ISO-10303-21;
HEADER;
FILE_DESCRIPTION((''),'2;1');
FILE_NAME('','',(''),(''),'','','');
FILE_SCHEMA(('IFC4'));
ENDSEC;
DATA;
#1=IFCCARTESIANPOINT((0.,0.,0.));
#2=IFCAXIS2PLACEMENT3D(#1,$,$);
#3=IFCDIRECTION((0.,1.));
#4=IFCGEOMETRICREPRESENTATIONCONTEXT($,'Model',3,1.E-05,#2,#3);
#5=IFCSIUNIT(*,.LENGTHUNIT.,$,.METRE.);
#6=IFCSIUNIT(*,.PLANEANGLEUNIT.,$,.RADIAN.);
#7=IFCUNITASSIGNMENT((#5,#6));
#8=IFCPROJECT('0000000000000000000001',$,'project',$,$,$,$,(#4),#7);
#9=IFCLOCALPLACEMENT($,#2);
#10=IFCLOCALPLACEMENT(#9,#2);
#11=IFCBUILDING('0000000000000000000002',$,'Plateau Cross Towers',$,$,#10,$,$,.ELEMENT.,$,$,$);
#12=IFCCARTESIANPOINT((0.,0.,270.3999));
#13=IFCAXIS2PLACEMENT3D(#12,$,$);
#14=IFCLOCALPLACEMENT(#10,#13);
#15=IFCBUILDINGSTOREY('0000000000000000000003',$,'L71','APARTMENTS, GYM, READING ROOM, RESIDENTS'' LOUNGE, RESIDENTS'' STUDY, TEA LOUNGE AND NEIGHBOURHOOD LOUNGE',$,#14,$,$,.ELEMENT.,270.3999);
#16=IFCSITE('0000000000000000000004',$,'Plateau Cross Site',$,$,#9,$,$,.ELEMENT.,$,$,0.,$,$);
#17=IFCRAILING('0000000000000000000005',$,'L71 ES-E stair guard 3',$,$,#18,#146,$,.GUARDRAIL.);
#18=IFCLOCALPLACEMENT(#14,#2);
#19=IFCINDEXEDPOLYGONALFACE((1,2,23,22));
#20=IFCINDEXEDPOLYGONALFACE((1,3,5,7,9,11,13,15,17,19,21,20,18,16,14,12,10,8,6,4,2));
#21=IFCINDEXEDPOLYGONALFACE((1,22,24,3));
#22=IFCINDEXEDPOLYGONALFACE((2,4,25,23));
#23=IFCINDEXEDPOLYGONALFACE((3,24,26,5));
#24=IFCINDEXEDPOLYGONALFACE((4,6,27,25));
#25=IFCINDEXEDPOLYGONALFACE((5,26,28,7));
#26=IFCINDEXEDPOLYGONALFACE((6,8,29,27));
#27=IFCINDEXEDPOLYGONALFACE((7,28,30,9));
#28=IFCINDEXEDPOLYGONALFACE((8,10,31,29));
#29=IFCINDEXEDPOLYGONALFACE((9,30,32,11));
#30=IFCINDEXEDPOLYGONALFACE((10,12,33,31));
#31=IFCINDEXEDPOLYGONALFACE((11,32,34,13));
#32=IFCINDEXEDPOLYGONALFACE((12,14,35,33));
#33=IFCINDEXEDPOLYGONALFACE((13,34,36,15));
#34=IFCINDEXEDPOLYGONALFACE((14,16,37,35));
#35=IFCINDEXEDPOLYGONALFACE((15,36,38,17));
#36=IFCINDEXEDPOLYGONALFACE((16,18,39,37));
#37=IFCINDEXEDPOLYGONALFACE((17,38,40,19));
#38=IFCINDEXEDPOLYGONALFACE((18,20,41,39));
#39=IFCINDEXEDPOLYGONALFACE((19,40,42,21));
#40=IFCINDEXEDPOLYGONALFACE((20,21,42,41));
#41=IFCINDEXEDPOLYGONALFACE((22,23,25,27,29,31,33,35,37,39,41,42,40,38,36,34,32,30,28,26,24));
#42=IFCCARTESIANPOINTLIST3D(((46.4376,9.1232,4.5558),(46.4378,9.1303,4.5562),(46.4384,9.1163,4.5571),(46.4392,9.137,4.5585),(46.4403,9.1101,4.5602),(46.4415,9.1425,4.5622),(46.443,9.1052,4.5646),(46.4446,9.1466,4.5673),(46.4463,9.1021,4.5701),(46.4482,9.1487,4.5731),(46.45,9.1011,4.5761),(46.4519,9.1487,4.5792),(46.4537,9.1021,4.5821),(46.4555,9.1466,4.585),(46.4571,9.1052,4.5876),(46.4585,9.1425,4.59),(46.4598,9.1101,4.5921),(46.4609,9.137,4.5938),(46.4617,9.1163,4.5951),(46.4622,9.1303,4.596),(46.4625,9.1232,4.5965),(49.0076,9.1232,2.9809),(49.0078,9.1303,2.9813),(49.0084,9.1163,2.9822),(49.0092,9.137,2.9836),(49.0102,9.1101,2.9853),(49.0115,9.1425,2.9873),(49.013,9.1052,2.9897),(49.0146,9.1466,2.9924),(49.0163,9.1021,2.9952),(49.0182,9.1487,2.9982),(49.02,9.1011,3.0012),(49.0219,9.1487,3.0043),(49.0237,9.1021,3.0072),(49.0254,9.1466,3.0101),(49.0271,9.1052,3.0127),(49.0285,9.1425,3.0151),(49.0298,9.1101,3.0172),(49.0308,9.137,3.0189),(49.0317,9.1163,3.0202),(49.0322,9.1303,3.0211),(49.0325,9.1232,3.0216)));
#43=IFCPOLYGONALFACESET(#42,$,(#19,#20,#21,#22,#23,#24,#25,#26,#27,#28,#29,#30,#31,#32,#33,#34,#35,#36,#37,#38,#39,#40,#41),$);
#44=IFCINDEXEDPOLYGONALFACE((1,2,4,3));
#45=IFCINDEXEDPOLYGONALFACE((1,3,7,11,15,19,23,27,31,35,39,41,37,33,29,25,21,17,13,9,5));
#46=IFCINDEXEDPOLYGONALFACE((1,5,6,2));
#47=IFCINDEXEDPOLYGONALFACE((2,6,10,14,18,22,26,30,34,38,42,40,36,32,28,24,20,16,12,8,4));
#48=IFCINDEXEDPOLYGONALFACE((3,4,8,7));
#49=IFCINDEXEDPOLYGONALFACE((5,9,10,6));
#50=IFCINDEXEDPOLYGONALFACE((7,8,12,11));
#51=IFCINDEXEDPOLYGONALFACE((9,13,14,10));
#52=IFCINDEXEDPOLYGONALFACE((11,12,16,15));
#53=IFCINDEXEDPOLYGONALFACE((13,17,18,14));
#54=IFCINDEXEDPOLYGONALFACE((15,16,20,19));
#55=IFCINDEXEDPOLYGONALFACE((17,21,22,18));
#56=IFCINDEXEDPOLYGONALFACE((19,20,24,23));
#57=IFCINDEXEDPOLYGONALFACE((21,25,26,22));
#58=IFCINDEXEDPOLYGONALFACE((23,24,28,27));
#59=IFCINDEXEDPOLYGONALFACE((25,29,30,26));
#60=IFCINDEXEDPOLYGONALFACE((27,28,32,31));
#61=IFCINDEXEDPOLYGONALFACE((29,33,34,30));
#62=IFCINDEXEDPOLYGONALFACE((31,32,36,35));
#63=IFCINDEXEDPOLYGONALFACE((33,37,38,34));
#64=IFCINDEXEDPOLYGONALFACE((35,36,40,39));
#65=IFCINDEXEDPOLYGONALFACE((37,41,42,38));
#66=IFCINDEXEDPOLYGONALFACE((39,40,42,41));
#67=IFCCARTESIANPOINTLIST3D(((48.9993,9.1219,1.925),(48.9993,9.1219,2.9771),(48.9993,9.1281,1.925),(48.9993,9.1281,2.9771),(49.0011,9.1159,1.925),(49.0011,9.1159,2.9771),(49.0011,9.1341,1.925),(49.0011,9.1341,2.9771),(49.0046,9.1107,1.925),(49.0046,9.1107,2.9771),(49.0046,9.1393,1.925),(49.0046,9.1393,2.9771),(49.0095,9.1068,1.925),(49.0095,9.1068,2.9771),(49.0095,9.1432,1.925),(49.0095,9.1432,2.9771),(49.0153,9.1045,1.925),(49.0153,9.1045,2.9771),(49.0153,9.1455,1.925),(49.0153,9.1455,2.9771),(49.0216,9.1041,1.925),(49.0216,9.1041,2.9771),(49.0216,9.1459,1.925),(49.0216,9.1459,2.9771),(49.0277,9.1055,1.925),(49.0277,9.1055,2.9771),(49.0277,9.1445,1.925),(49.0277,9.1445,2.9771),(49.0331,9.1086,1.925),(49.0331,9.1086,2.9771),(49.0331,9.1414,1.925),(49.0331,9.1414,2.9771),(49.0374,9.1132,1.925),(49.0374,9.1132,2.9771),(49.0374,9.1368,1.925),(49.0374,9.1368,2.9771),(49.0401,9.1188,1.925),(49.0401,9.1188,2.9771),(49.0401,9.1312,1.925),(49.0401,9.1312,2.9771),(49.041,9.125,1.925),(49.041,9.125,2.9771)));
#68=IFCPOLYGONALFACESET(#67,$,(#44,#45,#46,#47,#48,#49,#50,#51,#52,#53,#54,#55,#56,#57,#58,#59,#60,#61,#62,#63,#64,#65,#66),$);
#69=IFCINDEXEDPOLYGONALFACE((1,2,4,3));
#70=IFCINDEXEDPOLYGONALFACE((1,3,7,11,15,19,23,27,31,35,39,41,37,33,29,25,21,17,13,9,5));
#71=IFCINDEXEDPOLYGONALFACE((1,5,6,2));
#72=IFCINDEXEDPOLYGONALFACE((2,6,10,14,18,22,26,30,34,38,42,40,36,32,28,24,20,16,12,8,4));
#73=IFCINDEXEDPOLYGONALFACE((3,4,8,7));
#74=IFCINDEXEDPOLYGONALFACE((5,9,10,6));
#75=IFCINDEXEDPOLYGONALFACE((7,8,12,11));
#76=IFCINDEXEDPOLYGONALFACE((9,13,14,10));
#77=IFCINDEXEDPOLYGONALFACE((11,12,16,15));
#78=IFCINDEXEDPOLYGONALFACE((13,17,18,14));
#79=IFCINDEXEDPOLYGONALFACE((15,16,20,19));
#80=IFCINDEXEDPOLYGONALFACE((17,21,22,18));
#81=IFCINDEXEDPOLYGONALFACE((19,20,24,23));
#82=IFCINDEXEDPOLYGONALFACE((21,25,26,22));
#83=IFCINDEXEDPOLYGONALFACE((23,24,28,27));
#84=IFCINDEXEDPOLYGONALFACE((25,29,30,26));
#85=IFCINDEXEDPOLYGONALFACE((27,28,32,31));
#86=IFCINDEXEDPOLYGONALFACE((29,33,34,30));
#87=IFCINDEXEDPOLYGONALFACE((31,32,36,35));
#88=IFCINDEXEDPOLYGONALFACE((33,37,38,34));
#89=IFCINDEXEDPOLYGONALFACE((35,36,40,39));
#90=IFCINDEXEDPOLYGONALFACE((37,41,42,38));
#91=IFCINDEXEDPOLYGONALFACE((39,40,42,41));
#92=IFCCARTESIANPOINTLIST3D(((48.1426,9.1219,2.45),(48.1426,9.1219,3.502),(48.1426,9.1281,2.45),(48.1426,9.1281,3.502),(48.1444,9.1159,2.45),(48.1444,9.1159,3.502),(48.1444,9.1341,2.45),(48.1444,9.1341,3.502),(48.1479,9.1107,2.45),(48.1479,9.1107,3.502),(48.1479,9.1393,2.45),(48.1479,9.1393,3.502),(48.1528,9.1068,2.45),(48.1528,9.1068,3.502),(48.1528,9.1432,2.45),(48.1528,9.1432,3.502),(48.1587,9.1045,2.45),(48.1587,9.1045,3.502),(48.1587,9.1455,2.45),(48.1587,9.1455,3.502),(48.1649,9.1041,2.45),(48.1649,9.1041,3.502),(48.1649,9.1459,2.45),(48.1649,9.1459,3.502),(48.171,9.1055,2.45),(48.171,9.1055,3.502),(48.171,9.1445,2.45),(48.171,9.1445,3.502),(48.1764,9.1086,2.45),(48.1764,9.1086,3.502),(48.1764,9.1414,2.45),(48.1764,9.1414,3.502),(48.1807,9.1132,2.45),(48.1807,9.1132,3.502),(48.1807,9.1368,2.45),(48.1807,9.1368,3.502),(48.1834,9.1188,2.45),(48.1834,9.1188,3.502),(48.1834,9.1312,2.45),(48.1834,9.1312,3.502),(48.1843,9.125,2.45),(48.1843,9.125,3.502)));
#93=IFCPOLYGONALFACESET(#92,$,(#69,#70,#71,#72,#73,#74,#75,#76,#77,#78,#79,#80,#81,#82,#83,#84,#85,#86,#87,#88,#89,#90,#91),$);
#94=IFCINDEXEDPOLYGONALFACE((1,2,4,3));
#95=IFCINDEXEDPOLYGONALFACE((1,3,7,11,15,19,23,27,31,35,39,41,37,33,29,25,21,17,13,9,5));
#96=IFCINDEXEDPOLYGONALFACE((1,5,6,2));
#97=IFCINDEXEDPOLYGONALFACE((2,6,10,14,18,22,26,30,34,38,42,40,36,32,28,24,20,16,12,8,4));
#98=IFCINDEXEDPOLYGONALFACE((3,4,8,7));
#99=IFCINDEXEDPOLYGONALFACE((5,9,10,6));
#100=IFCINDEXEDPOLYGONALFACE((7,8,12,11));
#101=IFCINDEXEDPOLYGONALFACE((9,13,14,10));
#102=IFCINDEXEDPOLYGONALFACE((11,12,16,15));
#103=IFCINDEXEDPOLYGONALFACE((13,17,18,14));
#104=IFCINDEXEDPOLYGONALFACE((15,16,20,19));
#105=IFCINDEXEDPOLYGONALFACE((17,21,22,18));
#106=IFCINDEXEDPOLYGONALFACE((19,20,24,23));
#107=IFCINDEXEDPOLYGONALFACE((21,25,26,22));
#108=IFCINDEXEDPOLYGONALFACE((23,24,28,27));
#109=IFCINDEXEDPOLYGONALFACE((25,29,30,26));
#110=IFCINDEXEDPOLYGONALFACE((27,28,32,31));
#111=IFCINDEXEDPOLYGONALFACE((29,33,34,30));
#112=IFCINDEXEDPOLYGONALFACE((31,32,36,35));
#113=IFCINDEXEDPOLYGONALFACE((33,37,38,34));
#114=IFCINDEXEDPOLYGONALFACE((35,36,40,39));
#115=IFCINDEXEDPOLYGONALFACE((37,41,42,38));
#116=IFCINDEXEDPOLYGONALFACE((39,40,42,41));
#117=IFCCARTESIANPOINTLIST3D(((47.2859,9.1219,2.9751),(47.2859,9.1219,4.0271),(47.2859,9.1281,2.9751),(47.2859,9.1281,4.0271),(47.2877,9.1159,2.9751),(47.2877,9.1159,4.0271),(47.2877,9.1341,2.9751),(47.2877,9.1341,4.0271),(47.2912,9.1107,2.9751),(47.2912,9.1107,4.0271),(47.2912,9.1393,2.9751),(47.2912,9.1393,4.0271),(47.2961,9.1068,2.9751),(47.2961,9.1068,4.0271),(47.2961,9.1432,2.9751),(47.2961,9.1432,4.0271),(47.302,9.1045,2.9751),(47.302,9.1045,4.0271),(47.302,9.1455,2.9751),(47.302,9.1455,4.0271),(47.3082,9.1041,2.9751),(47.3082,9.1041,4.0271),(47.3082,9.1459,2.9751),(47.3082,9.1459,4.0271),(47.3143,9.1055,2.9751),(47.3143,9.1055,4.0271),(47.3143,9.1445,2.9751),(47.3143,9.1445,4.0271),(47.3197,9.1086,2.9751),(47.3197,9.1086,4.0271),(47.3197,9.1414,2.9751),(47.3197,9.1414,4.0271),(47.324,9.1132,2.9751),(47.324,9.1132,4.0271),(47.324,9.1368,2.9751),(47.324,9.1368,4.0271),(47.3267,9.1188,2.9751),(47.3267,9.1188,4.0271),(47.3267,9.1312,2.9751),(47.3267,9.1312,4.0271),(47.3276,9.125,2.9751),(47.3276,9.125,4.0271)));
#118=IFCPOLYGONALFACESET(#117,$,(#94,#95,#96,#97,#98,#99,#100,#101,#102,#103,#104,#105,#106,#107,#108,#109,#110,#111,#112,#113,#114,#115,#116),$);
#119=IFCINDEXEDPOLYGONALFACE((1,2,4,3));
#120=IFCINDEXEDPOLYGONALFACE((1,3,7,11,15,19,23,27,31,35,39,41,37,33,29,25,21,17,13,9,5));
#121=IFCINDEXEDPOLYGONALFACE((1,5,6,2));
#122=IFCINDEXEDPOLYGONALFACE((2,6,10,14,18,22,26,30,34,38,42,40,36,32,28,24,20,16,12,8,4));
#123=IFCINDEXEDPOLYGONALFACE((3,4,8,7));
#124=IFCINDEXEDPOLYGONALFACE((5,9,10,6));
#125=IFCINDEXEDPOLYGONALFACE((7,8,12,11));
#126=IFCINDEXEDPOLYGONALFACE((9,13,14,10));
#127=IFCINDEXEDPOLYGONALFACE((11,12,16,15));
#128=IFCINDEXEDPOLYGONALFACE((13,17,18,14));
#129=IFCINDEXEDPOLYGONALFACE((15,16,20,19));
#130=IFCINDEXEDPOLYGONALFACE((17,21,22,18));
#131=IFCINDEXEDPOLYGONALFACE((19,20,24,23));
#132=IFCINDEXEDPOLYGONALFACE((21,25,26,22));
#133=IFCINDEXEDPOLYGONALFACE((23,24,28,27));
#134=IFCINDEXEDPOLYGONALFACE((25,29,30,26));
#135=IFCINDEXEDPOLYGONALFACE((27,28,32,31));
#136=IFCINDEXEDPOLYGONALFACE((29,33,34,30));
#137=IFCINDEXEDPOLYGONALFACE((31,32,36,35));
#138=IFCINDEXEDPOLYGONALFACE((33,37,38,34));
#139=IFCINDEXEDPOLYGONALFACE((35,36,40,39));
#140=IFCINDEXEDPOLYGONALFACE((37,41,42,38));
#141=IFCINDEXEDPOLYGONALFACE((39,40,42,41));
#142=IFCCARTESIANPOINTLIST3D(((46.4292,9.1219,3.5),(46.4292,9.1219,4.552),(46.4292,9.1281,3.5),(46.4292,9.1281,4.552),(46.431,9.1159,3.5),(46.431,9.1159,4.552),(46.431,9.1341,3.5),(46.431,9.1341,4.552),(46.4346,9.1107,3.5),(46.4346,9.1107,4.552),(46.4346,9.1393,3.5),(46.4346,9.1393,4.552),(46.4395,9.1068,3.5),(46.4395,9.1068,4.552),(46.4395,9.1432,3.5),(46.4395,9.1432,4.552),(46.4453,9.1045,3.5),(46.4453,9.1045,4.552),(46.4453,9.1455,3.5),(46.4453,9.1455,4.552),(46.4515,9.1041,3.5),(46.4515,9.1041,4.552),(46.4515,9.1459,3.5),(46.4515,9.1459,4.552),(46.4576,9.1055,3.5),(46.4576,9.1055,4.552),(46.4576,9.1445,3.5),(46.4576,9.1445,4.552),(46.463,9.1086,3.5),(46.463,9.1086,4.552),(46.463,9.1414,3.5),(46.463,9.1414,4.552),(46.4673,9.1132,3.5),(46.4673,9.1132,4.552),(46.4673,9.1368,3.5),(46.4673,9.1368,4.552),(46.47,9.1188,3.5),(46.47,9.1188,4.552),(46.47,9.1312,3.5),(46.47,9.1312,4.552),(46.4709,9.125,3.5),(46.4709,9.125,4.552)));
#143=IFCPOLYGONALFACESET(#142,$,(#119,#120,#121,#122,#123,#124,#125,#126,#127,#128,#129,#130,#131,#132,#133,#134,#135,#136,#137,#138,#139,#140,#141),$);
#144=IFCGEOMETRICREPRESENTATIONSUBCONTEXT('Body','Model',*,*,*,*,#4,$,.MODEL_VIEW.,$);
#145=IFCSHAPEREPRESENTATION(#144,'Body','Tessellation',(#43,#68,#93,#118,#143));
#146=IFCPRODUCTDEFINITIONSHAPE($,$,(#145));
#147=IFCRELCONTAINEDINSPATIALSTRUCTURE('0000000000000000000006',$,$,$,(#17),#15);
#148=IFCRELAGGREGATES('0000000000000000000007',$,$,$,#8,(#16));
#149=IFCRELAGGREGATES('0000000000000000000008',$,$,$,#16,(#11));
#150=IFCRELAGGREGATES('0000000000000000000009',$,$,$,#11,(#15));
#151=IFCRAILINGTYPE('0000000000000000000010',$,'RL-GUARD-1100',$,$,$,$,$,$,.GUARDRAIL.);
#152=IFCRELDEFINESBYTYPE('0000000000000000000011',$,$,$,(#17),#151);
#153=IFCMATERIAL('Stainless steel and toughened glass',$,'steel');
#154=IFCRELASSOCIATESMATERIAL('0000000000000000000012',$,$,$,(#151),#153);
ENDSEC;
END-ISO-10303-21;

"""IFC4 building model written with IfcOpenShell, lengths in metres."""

from ifc_helpers import new_model, si_unit, direction, frame, origin, origin_2d, place, context, subcontext, project, spatial, circle, extrude, material, type_object, element, save


model = new_model("IFC4")

# Units and contexts
model_context = context("Model", 3, precision=1e-05, world=origin(), true_north=direction((0.0, 1.0)))
body_context = subcontext(model_context, "Body", "Model", "MODEL_VIEW")
ifc_project = project(units=[si_unit("LENGTHUNIT", "METRE"), si_unit("PLANEANGLEUNIT", "RADIAN")], contexts=[model_context])

# Site, building, storey
site_placement = place(None, origin())
site = spatial("IfcSite", under=ifc_project, at=site_placement, Name="Plateau Cross Site", CompositionType="ELEMENT", RefElevation=0.0)
building_placement = place(site_placement, origin())
building = spatial("IfcBuilding", under=site, at=building_placement, Name="Plateau Cross Towers", CompositionType="ELEMENT")
storey_placement = place(building_placement, frame((0.0, 0.0, 270.3999)))
storey = spatial("IfcBuildingStorey", under=building, at=storey_placement, Name="L71", Description="APARTMENTS, GYM, READING ROOM, RESIDENTS' LOUNGE, RESIDENTS' STUDY, TEA LOUNGE AND NEIGHBOURHOOD LOUNGE", CompositionType="ELEMENT", Elevation=270.3999)

# Railing
ifc_material_1 = material(Name="Stainless steel and toughened glass", Category="steel")
railing_type_1 = type_object("IfcRailingType", Name="RL-GUARD-1100", PredefinedType="GUARDRAIL", material=ifc_material_1)
railing_1_placement = place(storey_placement, frame((49.02, 9.125, 1.925)))
element("IfcRailing", 1, at=railing_1_placement, inside=storey, type_object=railing_type_1, Name="L71 ES-E stair guard 3", PredefinedType="GUARDRAIL", context=body_context, shape_type="SweptSolid", body=[
    extrude(circle(Radius=0.0239, at=origin_2d()), frame((0.0, 0.0, 1.0762), z_axis=(-0.852639, 0.0, 0.522501), x_axis=(0.0, -1.0, 0.0)), (0.0, 0.0, 1.0), 3.0142),
    extrude(circle(Radius=0.021, at=origin_2d()), origin(), (0.0, 0.0, 1.0), 1.052),
    extrude(circle(Radius=0.021, at=origin_2d()), frame((-0.8567, 0.0, 0.5249)), (0.0, 0.0, 1.0), 1.052),
    extrude(circle(Radius=0.021, at=origin_2d()), frame((-1.7134, 0.0, 1.05)), (0.0, 0.0, 1.0), 1.052),
    extrude(circle(Radius=0.021, at=origin_2d()), frame((-2.5701, 0.0, 1.575)), (0.0, 0.0, 1.0), 1.052),
])

save(model, "model.ifc")
